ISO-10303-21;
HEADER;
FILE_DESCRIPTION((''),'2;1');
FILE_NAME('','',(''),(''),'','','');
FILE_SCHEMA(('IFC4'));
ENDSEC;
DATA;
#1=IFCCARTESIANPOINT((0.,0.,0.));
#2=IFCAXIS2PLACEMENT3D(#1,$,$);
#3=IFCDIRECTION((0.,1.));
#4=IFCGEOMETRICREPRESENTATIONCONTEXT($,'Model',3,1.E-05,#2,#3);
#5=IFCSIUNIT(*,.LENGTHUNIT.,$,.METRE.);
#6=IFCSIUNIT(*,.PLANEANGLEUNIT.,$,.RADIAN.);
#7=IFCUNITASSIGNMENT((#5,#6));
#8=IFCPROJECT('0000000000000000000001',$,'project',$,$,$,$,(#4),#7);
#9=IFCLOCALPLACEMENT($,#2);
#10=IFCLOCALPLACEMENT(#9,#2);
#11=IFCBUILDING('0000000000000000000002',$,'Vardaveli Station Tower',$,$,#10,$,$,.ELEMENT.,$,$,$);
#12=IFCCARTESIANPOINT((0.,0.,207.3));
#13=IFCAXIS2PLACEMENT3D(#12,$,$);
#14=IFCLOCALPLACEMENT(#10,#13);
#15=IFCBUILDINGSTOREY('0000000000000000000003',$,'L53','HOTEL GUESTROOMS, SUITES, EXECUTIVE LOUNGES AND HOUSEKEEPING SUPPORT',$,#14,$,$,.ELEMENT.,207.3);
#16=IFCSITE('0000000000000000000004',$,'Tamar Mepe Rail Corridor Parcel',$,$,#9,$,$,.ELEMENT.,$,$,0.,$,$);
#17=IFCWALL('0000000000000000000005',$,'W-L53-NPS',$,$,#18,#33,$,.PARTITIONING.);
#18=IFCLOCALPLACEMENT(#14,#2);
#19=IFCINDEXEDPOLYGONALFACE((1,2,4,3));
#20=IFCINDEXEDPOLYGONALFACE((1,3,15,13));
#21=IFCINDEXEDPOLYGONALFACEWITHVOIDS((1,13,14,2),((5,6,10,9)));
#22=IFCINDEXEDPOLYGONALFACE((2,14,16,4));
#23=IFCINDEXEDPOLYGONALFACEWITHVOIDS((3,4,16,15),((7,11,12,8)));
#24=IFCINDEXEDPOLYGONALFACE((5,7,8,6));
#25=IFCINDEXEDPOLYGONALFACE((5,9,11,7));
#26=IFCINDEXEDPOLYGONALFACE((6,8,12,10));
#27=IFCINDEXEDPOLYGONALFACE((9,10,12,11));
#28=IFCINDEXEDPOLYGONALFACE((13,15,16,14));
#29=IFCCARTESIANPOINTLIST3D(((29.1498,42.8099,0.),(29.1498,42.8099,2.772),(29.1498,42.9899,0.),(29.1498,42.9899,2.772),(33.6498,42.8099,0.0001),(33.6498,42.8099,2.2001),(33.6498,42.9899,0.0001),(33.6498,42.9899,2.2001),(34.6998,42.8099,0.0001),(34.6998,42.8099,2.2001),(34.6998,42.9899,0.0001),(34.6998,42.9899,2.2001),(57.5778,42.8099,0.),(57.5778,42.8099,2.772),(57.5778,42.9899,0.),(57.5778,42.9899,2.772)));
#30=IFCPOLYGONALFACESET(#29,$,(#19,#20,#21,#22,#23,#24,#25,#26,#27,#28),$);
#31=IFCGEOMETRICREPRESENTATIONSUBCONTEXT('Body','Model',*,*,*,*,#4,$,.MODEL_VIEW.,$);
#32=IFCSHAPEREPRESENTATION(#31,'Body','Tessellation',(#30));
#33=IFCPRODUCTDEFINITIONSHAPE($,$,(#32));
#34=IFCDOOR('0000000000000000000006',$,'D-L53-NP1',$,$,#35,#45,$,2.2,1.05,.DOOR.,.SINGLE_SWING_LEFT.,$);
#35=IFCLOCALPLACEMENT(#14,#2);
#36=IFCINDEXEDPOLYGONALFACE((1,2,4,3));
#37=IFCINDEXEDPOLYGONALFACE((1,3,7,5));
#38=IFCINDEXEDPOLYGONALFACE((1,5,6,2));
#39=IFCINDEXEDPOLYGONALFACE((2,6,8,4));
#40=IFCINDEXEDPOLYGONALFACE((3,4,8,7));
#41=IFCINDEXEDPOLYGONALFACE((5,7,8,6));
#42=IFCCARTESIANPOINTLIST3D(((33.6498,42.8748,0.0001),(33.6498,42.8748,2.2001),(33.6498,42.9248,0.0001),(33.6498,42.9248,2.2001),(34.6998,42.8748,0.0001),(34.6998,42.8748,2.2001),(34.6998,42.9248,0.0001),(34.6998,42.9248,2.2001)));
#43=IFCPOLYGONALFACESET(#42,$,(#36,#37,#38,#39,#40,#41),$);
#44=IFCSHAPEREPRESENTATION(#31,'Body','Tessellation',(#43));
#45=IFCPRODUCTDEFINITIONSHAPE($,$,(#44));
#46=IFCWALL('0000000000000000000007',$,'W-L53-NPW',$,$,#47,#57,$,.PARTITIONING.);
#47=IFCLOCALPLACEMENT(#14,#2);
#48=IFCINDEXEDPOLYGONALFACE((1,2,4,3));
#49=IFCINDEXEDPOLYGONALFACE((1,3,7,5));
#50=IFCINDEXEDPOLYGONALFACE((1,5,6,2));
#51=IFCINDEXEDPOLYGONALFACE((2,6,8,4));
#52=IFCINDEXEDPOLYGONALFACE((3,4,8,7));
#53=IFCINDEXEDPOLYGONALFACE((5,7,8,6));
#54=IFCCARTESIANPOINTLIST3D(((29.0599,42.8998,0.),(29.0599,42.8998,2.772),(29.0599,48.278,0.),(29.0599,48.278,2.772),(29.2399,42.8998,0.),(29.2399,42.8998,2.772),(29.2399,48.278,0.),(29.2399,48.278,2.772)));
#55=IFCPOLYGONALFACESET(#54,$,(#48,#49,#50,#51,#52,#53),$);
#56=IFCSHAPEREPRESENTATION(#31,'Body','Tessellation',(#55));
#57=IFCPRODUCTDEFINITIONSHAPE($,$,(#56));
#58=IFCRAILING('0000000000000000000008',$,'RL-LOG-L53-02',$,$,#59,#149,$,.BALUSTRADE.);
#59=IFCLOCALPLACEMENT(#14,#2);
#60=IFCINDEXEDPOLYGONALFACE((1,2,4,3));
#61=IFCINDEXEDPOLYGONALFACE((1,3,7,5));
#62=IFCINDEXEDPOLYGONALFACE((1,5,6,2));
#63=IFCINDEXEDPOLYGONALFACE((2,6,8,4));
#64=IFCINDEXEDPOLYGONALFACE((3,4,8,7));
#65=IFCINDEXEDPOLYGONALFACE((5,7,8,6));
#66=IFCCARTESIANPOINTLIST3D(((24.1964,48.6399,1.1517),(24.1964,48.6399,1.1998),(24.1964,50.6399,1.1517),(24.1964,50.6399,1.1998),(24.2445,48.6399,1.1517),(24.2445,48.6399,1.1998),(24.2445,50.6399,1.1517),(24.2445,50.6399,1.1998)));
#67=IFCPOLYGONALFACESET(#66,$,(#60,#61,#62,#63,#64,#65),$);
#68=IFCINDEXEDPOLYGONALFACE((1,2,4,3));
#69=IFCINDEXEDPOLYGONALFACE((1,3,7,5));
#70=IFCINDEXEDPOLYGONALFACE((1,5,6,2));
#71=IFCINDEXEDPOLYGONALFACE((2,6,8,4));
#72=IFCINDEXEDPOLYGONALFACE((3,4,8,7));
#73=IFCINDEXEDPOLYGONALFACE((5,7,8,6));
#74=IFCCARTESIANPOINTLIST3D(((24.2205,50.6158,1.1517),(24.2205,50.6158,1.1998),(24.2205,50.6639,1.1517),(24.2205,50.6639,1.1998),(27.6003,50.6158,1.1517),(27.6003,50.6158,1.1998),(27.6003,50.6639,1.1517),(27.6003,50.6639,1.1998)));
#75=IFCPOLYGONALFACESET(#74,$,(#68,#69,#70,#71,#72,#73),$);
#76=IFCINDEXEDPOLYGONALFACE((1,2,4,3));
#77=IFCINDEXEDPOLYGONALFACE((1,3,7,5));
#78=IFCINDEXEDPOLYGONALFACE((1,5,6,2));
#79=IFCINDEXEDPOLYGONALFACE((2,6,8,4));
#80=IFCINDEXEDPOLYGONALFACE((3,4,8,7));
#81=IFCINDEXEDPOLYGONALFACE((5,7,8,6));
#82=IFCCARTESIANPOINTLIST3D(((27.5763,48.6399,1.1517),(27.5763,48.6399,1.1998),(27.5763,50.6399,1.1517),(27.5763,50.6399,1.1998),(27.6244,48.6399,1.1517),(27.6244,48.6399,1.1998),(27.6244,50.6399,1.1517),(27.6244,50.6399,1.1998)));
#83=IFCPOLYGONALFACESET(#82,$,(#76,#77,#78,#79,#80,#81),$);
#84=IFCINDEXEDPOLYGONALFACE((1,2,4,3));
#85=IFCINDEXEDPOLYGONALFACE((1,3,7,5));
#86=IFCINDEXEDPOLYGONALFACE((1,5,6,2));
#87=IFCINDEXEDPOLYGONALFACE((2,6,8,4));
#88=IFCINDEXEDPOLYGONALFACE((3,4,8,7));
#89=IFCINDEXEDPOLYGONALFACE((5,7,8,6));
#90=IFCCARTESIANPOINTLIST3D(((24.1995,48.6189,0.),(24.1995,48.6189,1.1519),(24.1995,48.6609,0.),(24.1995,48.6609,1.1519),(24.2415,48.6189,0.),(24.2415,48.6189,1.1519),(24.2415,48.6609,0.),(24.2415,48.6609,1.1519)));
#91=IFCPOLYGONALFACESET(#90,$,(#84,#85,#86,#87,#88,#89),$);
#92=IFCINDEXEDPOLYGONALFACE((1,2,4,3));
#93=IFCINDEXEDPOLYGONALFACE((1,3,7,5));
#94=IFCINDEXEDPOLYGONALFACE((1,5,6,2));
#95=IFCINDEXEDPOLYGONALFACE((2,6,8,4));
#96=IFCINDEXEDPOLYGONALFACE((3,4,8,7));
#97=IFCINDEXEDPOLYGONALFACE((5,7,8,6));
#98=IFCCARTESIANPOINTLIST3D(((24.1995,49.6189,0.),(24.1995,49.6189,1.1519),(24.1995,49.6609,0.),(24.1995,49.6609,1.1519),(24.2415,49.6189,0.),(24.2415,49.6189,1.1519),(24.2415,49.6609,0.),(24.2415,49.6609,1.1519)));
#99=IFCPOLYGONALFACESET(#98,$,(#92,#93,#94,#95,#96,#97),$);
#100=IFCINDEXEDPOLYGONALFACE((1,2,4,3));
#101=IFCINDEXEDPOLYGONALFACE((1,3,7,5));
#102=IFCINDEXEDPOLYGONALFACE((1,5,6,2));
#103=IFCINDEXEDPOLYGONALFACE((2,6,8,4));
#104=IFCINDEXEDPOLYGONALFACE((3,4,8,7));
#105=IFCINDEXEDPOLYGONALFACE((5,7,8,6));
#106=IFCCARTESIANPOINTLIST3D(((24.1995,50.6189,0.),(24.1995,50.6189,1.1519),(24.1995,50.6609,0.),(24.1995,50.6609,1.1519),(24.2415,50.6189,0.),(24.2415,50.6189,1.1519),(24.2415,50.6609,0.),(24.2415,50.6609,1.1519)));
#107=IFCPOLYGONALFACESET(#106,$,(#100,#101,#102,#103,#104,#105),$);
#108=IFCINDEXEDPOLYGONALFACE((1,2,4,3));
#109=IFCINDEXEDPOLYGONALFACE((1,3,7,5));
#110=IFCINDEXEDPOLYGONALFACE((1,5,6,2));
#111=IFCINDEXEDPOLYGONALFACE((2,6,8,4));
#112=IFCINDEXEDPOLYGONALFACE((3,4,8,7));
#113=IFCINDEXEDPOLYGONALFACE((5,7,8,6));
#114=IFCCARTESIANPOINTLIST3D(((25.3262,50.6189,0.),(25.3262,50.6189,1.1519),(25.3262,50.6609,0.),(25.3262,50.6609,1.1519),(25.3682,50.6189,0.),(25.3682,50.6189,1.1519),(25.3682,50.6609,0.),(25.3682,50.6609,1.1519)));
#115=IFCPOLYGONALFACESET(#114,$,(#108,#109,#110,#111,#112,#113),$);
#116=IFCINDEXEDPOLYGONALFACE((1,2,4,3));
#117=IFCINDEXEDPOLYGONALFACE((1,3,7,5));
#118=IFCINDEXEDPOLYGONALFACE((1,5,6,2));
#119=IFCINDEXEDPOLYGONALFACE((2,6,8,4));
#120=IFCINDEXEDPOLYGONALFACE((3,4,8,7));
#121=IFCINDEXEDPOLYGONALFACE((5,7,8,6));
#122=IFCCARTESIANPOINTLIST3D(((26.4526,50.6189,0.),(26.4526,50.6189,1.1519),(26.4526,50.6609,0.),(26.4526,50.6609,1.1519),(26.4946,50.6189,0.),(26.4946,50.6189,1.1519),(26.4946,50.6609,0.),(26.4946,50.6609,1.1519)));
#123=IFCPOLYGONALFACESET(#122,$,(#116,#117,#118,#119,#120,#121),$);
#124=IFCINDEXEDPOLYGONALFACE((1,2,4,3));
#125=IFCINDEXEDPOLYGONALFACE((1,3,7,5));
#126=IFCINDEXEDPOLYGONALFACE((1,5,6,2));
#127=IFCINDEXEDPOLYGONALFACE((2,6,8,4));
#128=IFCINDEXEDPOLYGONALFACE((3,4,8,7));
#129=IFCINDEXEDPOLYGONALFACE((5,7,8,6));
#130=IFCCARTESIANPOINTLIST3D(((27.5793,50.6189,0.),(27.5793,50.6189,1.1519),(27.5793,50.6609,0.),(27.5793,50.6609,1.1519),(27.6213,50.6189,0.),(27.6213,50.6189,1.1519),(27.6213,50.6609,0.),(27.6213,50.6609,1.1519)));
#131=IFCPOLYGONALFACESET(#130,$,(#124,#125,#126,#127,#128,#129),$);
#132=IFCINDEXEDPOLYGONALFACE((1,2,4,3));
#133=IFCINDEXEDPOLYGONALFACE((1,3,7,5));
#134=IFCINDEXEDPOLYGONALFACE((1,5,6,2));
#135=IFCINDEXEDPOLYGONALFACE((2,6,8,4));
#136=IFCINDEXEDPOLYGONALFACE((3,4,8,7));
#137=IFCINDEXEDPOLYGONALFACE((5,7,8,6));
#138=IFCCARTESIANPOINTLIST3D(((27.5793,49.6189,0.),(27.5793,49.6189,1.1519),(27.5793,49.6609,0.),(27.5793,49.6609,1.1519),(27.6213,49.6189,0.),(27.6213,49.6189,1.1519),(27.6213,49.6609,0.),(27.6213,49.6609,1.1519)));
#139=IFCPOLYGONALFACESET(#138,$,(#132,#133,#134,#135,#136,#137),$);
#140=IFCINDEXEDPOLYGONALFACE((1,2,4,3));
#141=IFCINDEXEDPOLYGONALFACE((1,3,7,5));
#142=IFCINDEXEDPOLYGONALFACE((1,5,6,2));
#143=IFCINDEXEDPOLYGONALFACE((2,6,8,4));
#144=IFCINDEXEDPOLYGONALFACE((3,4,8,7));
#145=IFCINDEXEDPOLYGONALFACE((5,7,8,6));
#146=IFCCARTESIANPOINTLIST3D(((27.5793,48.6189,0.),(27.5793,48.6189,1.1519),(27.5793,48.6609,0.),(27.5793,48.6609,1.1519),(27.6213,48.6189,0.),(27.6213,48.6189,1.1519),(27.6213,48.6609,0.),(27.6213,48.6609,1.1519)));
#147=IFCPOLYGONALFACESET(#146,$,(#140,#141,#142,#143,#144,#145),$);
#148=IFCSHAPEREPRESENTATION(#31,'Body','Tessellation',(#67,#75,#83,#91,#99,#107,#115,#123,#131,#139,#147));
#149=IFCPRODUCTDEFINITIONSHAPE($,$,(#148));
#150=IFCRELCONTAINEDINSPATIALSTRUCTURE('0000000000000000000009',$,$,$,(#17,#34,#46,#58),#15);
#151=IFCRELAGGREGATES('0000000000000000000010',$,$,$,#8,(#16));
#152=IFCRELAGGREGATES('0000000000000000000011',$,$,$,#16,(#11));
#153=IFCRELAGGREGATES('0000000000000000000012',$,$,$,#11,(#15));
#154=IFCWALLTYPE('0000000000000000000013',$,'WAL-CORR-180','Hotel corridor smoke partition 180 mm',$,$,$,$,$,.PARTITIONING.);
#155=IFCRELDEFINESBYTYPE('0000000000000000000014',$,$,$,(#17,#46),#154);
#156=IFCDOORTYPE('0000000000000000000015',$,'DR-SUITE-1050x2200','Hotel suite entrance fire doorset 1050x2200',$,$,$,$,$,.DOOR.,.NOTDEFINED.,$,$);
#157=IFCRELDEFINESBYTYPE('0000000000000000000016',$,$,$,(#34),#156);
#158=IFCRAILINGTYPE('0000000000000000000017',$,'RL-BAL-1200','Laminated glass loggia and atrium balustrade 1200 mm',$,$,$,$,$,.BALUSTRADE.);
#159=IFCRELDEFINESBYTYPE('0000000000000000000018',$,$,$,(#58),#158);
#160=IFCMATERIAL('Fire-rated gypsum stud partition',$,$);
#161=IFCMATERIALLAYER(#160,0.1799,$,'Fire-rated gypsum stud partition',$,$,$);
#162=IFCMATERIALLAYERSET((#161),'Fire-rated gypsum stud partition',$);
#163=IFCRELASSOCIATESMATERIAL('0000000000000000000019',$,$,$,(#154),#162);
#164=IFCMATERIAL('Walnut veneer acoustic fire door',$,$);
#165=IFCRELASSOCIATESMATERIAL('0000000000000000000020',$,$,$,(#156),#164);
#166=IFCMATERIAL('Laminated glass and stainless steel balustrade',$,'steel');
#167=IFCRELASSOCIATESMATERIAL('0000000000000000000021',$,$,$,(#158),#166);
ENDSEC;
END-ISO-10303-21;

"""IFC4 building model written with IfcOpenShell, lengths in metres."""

from ifc_helpers import new_model, si_unit, direction, frame, frame_2d, origin, origin_2d, place, context, subcontext, project, spatial, rectangle, extrude, source, transform, mapped, material, layer, layer_set, type_object, element, fill, save


model = new_model("IFC4")

# Units and contexts
model_context = context("Model", 3, precision=1e-05, world=origin(), true_north=direction((0.0, 1.0)))
body_context = subcontext(model_context, "Body", "Model", "MODEL_VIEW")
ifc_project = project(units=[si_unit("LENGTHUNIT", "METRE"), si_unit("PLANEANGLEUNIT", "RADIAN")], contexts=[model_context])

# Site, building, storey
site_placement = place(None, origin())
site = spatial("IfcSite", under=ifc_project, at=site_placement, Name="Tamar Mepe Rail Corridor Parcel", CompositionType="ELEMENT", RefElevation=0.0)
building_placement = place(site_placement, origin())
building = spatial("IfcBuilding", under=site, at=building_placement, Name="Vardaveli Station Tower", CompositionType="ELEMENT")
storey_placement = place(building_placement, frame((0.0, 0.0, 207.3)))
storey = spatial("IfcBuildingStorey", under=building, at=storey_placement, Name="L53", Description="HOTEL GUESTROOMS, SUITES, EXECUTIVE LOUNGES AND HOUSEKEEPING SUPPORT", CompositionType="ELEMENT", Elevation=207.3)

# Wall, opening, door
ifc_material_1 = material(Name="Fire-rated gypsum stud partition")
ifc_layer_1 = layer(ifc_material_1, 0.1799, Name="Fire-rated gypsum stud partition")
ifc_layer_set_1 = layer_set([ifc_layer_1], Name="Fire-rated gypsum stud partition")
wall_type_1 = type_object("IfcWallType", Name="WAL-CORR-180", Description="Hotel corridor smoke partition 180 mm", PredefinedType="PARTITIONING", material=ifc_layer_set_1)
shared_shape_1 = source(origin(), body_context, "Body", "SweptSolid", [
    extrude(rectangle(XDim=28.428, YDim=0.1799, at=frame_2d((14.2139, 0.0))), origin(), (0.0, 0.0, 1.0), 2.772),
])
wall_1_placement = place(storey_placement, frame((29.1499, 42.8999, 0.0), z_axis=(0.0, 0.0, 1.0), x_axis=(1.0, 0.0, 0.0)))
wall_1 = element("IfcWall", 1, at=wall_1_placement, inside=storey, type_object=wall_type_1, Name="W-L53-NPS", PredefinedType="PARTITIONING", context=body_context, shape_type="MappedRepresentation", body=[
    mapped(shared_shape_1, transform((0.0, 0.0, 0.0), scale=1.0)),
])
shared_shape_2 = source(origin(), body_context, "Body", "SweptSolid", [
    extrude(rectangle(XDim=1.05, YDim=2.2, at=frame_2d((0.5249, 1.1001))), frame((0.0, 0.1001, 0.0), z_axis=(0.0, -1.0, 0.0), x_axis=(1.0, 0.0, 0.0)), (0.0, 0.0, 1.0), 0.2),
])
opening_1_placement = place(wall_1_placement, frame((4.5, 0.0, 0.0)))
opening_1 = element("IfcOpeningElement", 2, at=opening_1_placement, cuts=wall_1, PredefinedType="OPENING", context=body_context, shape_type="MappedRepresentation", body=[
    mapped(shared_shape_2, transform((0.0, 0.0, 0.0), scale=1.0)),
])
ifc_material_2 = material(Name="Walnut veneer acoustic fire door")
door_type = type_object("IfcDoorType", Name="DR-SUITE-1050x2200", Description="Hotel suite entrance fire doorset 1050x2200", OperationType="NOTDEFINED", PredefinedType="DOOR", material=ifc_material_2)
shared_shape_3 = source(origin(), body_context, "Body", "SweptSolid", [
    extrude(rectangle(XDim=1.05, YDim=2.2, at=frame_2d((0.5249, 1.1001))), frame((0.0, 0.0249, 0.0), z_axis=(0.0, -1.0, 0.0), x_axis=(1.0, 0.0, 0.0)), (0.0, 0.0, 1.0), 0.05),
])
door_placement = place(opening_1_placement, origin())
door = element("IfcDoor", 3, at=door_placement, inside=storey, type_object=door_type, Name="D-L53-NP1", OperationType="SINGLE_SWING_LEFT", OverallHeight=2.2, OverallWidth=1.05, PredefinedType="DOOR", context=body_context, shape_type="MappedRepresentation", body=[
    mapped(shared_shape_3, transform((0.0, 0.0, 0.0), scale=1.0)),
])
fill(opening_1, door)

# Wall
shared_shape_4 = source(origin(), body_context, "Body", "SweptSolid", [
    extrude(rectangle(XDim=5.3782, YDim=0.1799, at=frame_2d((2.689, 0.0))), origin(), (0.0, 0.0, 1.0), 2.772),
])
wall_2_placement = place(storey_placement, frame((29.1499, 42.8999, 0.0), z_axis=(0.0, 0.0, 1.0), x_axis=(0.0, 1.0, 0.0)))
element("IfcWall", 4, at=wall_2_placement, inside=storey, type_object=wall_type_1, Name="W-L53-NPW", PredefinedType="PARTITIONING", context=body_context, shape_type="MappedRepresentation", body=[
    mapped(shared_shape_4, transform((0.0, 0.0, 0.0), scale=1.0)),
])

# Railing
ifc_material_3 = material(Name="Laminated glass and stainless steel balustrade", Category="steel")
railing_type = type_object("IfcRailingType", Name="RL-BAL-1200", Description="Laminated glass loggia and atrium balustrade 1200 mm", PredefinedType="BALUSTRADE", material=ifc_material_3)
shared_shape_5 = source(origin(), body_context, "Body", "SweptSolid", [
    extrude(rectangle(XDim=0.0481, YDim=0.0481, at=origin_2d()), frame((0.0, 0.0, 1.1758), z_axis=(0.0, 1.0, 0.0), x_axis=(-1.0, 0.0, 0.0)), (0.0, 0.0, 1.0), 2.0),
    extrude(rectangle(XDim=0.0481, YDim=0.0481, at=origin_2d()), frame((0.0, 2.0, 1.1758), z_axis=(1.0, 0.0, 0.0), x_axis=(0.0, 1.0, 0.0)), (0.0, 0.0, 1.0), 3.3799),
    extrude(rectangle(XDim=0.0481, YDim=0.0481, at=origin_2d()), frame((3.3799, 2.0, 1.1758), z_axis=(0.0, -1.0, 0.0), x_axis=(1.0, 0.0, 0.0)), (0.0, 0.0, 1.0), 2.0),
    extrude(rectangle(XDim=0.042, YDim=0.042, at=origin_2d()), origin(), (0.0, 0.0, 1.0), 1.1519),
    extrude(rectangle(XDim=0.042, YDim=0.042, at=origin_2d()), frame((0.0, 1.0, 0.0)), (0.0, 0.0, 1.0), 1.1519),
    extrude(rectangle(XDim=0.042, YDim=0.042, at=origin_2d()), frame((0.0, 2.0, 0.0)), (0.0, 0.0, 1.0), 1.1519),
    extrude(rectangle(XDim=0.042, YDim=0.042, at=origin_2d()), frame((1.1267, 2.0, 0.0)), (0.0, 0.0, 1.0), 1.1519),
    extrude(rectangle(XDim=0.042, YDim=0.042, at=origin_2d()), frame((2.2532, 2.0, 0.0)), (0.0, 0.0, 1.0), 1.1519),
    extrude(rectangle(XDim=0.042, YDim=0.042, at=origin_2d()), frame((3.3799, 2.0, 0.0)), (0.0, 0.0, 1.0), 1.1519),
    extrude(rectangle(XDim=0.042, YDim=0.042, at=origin_2d()), frame((3.3799, 1.0, 0.0)), (0.0, 0.0, 1.0), 1.1519),
    extrude(rectangle(XDim=0.042, YDim=0.042, at=origin_2d()), frame((3.3799, 0.0, 0.0)), (0.0, 0.0, 1.0), 1.1519),
])
railing_placement = place(storey_placement, frame((24.2205, 48.6399, 0.0)))
element("IfcRailing", 5, at=railing_placement, inside=storey, type_object=railing_type, Name="RL-LOG-L53-02", PredefinedType="BALUSTRADE", context=body_context, shape_type="MappedRepresentation", body=[
    mapped(shared_shape_5, transform((0.0, 0.0, 0.0), scale=1.0)),
])

save(model, "model.ifc")
